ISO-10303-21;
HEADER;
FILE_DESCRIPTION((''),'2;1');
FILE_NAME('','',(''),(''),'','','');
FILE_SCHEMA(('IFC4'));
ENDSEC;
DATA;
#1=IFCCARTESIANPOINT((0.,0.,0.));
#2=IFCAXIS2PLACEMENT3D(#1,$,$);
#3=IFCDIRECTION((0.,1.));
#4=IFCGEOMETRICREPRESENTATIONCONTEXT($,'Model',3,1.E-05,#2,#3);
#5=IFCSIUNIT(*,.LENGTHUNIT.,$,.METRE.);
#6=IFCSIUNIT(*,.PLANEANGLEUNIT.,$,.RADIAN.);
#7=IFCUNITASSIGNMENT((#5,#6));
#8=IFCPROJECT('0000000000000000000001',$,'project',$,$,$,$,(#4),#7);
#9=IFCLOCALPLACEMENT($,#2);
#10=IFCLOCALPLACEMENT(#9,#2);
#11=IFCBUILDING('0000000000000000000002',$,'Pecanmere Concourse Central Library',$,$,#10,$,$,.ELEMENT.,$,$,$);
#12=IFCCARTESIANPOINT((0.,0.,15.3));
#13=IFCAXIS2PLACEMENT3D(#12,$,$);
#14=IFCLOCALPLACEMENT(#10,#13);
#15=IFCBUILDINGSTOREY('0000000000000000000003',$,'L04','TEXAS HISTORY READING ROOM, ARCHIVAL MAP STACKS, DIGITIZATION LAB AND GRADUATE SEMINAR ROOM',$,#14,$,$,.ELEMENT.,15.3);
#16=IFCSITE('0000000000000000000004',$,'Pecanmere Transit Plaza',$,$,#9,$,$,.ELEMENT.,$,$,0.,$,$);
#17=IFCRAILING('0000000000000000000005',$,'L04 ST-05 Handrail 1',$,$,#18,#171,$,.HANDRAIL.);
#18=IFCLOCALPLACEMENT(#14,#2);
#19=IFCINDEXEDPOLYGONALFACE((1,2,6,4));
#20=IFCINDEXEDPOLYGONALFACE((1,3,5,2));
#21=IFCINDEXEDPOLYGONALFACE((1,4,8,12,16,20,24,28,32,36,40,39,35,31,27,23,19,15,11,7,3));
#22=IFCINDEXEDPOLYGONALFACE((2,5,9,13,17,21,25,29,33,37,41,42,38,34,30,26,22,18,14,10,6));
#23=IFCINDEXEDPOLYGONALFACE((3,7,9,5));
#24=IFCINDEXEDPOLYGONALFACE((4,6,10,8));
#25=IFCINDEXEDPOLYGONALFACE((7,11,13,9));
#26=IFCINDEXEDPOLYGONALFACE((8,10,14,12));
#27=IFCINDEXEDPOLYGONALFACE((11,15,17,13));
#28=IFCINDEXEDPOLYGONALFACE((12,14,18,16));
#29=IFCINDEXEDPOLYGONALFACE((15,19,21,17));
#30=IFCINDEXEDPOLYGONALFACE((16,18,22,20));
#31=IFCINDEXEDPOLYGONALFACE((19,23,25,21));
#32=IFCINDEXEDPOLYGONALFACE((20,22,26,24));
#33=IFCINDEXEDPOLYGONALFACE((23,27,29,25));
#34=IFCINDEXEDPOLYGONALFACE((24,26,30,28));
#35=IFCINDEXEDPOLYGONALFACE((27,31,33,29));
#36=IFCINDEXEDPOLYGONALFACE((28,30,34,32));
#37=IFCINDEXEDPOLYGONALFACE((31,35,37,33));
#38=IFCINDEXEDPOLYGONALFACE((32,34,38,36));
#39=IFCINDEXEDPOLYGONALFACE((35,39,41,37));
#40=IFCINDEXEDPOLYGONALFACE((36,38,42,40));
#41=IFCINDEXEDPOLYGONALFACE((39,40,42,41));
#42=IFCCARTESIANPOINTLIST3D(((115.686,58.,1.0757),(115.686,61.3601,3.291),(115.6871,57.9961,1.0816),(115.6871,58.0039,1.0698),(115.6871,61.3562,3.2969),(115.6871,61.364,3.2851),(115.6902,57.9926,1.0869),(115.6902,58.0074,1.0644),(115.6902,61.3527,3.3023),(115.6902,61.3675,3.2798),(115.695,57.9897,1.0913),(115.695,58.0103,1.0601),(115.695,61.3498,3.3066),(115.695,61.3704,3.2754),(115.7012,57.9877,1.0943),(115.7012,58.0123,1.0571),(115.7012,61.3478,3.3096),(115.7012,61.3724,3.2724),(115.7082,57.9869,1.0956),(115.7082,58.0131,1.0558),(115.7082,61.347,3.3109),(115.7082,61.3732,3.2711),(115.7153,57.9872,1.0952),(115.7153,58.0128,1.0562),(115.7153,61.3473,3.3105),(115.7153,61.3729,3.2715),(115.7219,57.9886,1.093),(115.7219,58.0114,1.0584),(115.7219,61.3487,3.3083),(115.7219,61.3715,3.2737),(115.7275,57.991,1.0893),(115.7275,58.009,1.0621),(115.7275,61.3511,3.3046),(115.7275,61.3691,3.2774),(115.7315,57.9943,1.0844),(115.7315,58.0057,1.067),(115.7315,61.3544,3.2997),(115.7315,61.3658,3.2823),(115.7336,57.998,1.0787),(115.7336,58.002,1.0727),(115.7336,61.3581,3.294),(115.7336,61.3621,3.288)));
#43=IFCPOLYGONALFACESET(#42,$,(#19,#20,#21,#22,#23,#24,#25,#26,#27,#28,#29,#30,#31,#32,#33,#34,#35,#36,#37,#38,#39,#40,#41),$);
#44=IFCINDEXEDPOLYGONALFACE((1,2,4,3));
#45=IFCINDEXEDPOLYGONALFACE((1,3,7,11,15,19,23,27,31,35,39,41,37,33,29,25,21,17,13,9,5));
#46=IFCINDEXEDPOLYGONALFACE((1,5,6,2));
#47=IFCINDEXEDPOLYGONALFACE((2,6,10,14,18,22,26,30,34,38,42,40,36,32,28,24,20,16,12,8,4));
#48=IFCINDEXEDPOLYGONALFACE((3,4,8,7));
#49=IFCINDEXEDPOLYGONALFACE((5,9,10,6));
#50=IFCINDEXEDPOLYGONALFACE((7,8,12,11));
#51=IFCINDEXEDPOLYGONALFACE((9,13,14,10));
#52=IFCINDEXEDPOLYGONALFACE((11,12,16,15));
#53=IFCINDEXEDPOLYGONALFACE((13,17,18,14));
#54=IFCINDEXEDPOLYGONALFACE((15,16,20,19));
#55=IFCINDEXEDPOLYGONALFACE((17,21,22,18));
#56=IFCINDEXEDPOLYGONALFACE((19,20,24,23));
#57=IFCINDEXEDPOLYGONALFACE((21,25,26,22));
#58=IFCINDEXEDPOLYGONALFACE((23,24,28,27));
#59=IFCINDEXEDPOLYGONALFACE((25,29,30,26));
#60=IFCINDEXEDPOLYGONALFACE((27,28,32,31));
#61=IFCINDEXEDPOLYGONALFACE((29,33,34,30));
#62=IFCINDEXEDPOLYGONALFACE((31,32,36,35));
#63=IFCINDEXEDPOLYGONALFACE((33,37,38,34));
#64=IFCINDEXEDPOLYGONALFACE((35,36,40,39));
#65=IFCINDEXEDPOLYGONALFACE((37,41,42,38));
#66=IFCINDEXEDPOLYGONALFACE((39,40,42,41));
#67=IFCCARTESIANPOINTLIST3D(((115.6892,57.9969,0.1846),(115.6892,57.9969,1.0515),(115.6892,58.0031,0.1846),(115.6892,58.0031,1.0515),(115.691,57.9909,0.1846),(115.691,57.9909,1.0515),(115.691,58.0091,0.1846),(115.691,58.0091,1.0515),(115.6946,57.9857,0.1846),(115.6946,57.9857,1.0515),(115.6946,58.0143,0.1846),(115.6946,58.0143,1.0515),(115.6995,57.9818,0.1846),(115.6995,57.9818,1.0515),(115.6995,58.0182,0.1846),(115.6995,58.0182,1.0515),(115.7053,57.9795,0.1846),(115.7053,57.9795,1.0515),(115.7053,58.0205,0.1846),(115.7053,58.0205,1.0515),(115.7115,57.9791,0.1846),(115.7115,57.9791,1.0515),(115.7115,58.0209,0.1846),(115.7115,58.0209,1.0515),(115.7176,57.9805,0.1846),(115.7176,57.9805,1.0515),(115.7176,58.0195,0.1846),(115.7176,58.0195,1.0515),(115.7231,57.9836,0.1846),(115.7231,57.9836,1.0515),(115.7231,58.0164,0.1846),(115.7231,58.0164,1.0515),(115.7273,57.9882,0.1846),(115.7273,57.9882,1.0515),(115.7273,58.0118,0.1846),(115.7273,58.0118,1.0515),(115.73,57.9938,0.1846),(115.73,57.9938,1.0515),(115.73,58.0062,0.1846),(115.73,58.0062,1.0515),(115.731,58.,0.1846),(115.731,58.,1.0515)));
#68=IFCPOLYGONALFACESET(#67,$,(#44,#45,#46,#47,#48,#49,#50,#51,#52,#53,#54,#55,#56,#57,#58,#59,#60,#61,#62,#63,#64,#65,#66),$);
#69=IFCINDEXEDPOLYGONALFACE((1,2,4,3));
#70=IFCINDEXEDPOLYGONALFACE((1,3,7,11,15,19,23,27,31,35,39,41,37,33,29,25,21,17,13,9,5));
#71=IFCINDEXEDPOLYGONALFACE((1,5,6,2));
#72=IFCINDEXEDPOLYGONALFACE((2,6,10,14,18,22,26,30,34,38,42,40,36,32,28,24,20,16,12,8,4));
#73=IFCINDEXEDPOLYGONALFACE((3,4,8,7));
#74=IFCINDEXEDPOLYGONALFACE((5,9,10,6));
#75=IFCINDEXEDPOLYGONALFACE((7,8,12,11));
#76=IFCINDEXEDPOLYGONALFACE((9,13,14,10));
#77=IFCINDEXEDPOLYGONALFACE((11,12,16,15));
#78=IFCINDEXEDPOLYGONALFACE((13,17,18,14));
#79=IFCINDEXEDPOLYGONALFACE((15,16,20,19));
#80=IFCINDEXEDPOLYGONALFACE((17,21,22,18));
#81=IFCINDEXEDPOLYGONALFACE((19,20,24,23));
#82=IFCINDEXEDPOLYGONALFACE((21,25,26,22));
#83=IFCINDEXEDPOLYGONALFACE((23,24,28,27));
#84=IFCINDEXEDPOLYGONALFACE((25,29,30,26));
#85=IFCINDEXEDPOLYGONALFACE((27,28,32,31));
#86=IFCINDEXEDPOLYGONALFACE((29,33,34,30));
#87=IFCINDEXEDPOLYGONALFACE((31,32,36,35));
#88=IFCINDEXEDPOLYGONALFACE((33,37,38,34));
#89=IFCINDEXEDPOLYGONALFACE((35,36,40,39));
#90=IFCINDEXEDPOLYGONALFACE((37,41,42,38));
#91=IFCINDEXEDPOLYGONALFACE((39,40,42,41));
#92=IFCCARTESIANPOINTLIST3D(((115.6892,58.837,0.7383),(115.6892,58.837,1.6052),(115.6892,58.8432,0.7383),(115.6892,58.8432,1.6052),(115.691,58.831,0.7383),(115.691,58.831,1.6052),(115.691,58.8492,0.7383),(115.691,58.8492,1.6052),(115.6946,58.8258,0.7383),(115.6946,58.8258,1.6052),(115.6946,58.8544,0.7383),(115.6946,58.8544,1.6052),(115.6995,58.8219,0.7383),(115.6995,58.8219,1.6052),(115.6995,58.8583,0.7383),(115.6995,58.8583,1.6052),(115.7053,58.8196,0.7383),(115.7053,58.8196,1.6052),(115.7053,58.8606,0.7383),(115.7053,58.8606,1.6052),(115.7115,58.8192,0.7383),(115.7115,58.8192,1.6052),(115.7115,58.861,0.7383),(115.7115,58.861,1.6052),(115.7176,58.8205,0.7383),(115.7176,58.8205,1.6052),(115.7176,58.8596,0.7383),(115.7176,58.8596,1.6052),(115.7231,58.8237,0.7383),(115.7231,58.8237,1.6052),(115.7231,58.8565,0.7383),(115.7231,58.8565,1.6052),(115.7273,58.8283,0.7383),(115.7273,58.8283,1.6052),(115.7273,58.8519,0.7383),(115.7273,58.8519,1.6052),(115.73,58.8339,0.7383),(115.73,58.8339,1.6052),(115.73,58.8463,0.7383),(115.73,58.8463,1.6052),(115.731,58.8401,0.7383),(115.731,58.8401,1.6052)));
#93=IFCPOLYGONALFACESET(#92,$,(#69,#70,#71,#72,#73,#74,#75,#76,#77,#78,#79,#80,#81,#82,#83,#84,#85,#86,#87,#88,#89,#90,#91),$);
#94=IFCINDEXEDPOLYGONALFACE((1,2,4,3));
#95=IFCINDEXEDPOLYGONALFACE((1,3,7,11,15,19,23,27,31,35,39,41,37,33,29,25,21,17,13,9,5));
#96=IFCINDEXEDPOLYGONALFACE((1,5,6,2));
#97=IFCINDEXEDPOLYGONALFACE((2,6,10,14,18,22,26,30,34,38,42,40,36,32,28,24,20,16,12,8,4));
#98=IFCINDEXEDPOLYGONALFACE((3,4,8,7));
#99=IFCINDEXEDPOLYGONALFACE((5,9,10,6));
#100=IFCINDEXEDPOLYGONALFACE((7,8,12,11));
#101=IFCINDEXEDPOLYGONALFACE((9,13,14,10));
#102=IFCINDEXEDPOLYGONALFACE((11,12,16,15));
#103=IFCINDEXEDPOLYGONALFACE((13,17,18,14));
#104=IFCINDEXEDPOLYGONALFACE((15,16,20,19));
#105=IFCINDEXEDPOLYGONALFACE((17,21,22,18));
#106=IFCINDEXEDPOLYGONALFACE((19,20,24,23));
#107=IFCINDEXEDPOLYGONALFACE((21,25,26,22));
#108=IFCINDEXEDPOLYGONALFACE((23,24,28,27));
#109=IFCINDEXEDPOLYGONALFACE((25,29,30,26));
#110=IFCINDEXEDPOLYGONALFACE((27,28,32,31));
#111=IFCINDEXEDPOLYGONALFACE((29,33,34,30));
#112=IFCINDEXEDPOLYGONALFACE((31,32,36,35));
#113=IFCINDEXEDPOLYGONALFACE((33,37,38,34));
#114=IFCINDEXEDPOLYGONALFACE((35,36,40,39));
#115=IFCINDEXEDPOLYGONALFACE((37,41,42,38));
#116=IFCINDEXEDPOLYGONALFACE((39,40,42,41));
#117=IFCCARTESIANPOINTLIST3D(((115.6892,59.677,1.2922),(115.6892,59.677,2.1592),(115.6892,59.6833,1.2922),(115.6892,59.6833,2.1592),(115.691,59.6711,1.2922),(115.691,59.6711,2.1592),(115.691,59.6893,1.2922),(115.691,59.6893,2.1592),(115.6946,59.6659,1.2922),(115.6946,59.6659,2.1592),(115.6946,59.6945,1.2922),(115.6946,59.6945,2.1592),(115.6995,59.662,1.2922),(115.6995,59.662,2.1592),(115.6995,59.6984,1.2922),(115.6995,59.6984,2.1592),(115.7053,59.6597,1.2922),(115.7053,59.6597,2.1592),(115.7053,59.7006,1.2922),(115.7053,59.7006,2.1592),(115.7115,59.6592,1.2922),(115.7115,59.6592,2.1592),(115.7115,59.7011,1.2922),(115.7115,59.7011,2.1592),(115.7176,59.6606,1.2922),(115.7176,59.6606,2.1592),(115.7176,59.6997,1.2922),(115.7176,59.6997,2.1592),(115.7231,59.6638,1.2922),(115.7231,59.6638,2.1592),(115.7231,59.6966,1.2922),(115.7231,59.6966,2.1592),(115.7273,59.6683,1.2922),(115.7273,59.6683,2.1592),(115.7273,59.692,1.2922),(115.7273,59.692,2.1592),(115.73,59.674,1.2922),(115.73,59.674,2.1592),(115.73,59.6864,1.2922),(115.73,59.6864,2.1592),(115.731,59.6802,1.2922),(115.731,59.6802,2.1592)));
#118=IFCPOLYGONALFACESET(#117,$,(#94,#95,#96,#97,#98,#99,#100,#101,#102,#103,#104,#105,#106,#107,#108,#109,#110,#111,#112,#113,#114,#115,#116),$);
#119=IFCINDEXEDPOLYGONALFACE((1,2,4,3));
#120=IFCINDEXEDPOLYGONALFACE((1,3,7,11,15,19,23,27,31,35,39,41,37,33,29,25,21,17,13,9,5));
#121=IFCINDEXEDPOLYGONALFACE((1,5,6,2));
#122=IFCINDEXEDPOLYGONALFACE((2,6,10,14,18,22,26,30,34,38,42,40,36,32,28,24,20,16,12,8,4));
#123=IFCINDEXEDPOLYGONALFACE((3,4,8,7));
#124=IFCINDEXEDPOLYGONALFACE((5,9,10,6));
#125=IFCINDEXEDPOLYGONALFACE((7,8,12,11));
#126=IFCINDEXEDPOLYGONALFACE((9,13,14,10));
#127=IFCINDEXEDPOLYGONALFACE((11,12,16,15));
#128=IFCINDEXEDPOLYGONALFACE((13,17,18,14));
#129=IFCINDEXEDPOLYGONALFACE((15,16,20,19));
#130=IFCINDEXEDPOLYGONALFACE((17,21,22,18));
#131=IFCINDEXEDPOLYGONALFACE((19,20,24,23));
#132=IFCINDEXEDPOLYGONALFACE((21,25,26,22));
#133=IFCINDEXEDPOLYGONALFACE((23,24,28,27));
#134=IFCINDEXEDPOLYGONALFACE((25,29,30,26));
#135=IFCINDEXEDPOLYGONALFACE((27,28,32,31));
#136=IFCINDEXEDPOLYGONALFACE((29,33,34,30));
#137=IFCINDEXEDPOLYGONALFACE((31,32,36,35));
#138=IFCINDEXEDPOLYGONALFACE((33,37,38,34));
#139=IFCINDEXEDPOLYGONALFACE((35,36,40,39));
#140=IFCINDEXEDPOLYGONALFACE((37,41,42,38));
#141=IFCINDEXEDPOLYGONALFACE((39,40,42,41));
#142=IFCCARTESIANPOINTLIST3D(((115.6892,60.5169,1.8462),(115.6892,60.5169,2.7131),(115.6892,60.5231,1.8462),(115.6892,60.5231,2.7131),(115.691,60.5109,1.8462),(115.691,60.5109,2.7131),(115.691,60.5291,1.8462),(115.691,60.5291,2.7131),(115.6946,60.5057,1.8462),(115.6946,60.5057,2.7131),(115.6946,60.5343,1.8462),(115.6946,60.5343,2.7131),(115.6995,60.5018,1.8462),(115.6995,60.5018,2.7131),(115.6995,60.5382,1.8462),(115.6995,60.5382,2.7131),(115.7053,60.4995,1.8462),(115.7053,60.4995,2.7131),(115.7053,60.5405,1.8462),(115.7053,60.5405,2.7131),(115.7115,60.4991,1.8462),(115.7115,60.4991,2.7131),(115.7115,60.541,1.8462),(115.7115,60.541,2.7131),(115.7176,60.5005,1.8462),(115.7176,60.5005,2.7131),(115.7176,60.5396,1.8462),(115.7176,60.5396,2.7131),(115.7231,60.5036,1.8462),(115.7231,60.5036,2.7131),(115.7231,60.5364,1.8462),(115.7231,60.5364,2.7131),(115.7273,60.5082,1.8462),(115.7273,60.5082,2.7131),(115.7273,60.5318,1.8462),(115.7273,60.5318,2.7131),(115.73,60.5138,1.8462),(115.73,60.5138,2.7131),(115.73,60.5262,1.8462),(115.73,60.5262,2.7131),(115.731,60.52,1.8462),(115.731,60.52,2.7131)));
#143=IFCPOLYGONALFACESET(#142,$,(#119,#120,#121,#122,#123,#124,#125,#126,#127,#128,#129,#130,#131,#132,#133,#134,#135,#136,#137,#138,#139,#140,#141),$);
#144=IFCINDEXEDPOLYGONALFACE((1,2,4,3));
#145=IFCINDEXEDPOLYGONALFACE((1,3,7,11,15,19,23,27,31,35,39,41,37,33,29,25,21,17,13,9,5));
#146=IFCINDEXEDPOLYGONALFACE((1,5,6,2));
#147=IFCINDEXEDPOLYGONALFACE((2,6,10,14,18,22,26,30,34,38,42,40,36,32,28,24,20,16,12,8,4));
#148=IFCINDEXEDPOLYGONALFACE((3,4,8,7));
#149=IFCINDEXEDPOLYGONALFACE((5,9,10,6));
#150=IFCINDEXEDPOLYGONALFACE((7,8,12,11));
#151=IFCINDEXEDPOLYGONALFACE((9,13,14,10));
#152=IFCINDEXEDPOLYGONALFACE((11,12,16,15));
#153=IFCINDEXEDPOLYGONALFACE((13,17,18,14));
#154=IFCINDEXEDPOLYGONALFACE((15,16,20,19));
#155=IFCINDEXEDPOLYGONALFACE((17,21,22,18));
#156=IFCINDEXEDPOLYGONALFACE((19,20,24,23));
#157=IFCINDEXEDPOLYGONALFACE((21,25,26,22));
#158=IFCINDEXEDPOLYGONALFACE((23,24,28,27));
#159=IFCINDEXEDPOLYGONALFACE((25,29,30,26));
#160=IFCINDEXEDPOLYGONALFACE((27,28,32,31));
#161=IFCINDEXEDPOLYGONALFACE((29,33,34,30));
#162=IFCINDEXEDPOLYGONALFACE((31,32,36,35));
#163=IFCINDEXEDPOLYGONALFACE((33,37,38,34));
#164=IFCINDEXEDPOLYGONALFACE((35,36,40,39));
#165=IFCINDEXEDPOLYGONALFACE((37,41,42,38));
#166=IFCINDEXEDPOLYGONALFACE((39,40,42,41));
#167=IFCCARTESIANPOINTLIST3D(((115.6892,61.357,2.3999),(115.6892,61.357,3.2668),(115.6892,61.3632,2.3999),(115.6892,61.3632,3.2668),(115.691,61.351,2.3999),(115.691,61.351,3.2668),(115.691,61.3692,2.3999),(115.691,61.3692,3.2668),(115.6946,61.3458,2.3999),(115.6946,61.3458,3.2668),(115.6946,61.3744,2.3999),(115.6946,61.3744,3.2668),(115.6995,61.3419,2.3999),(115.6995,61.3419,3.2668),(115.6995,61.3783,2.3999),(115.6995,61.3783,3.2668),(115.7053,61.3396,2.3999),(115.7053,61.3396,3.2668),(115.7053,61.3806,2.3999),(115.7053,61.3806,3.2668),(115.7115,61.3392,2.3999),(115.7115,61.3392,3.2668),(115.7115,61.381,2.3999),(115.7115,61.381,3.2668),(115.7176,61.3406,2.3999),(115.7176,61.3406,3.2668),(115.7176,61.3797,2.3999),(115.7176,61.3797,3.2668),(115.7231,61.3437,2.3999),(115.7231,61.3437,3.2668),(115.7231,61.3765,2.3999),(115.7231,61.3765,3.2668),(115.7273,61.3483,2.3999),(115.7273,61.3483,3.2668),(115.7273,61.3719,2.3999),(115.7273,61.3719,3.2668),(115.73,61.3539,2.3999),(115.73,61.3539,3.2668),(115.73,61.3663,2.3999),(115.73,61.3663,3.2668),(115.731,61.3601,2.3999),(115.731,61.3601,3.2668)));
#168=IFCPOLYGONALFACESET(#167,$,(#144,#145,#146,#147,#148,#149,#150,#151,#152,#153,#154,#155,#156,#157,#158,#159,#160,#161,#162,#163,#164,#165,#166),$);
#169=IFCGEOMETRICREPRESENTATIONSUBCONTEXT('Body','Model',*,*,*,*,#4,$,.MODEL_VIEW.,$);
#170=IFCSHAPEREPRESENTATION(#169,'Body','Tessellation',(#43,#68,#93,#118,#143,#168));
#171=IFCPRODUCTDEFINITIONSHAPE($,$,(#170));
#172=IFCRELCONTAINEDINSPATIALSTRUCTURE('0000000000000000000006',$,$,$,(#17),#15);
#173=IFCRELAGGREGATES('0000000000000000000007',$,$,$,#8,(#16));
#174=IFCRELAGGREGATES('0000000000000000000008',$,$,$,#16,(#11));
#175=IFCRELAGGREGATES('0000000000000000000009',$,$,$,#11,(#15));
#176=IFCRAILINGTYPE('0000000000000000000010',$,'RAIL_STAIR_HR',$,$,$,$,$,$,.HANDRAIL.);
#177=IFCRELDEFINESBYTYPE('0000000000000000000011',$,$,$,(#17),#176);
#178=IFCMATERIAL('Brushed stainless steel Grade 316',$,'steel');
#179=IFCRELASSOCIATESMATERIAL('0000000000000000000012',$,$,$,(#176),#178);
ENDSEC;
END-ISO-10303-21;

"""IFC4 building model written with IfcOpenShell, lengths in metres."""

from ifc_helpers import new_model, si_unit, direction, frame, origin, origin_2d, place, context, subcontext, project, spatial, circle, extrude, material, type_object, element, save


model = new_model("IFC4")

# Units and contexts
model_context = context("Model", 3, precision=1e-05, world=origin(), true_north=direction((0.0, 1.0)))
body_context = subcontext(model_context, "Body", "Model", "MODEL_VIEW")
ifc_project = project(units=[si_unit("LENGTHUNIT", "METRE"), si_unit("PLANEANGLEUNIT", "RADIAN")], contexts=[model_context])

# Site, building, storey
site_placement = place(None, origin())
site = spatial("IfcSite", under=ifc_project, at=site_placement, Name="Pecanmere Transit Plaza", CompositionType="ELEMENT", RefElevation=0.0)
building_placement = place(site_placement, origin())
building = spatial("IfcBuilding", under=site, at=building_placement, Name="Pecanmere Concourse Central Library", CompositionType="ELEMENT")
storey_placement = place(building_placement, frame((0.0, 0.0, 15.3)))
storey = spatial("IfcBuildingStorey", under=building, at=storey_placement, Name="L04", Description="TEXAS HISTORY READING ROOM, ARCHIVAL MAP STACKS, DIGITIZATION LAB AND GRADUATE SEMINAR ROOM", CompositionType="ELEMENT", Elevation=15.3)

# Railing
ifc_material_1 = material(Name="Brushed stainless steel Grade 316", Category="steel")
railing_type_1 = type_object("IfcRailingType", Name="RAIL_STAIR_HR", PredefinedType="HANDRAIL", material=ifc_material_1)
railing_1_placement = place(storey_placement, frame((115.71, 58.0, 0.1846)))
element("IfcRailing", 1, at=railing_1_placement, inside=storey, type_object=railing_type_1, Name="L04 ST-05 Handrail 1", PredefinedType="HANDRAIL", context=body_context, shape_type="SweptSolid", body=[
    extrude(circle(Radius=0.0239, at=origin_2d()), frame((0.0, 0.0, 0.8911), z_axis=(0.0, 0.834876, 0.550437), x_axis=(-1.0, 0.0, 0.0)), (0.0, 0.0, 1.0), 4.0247),
    extrude(circle(Radius=0.021, at=origin_2d()), origin(), (0.0, 0.0, 1.0), 0.8669),
    extrude(circle(Radius=0.021, at=origin_2d()), frame((0.0, 0.8401, 0.5537)), (0.0, 0.0, 1.0), 0.8669),
    extrude(circle(Radius=0.021, at=origin_2d()), frame((0.0, 1.6802, 1.1077)), (0.0, 0.0, 1.0), 0.8669),
    extrude(circle(Radius=0.021, at=origin_2d()), frame((0.0, 2.52, 1.6616)), (0.0, 0.0, 1.0), 0.8669),
    extrude(circle(Radius=0.021, at=origin_2d()), frame((0.0, 3.3601, 2.2153)), (0.0, 0.0, 1.0), 0.8669),
])

save(model, "model.ifc")
